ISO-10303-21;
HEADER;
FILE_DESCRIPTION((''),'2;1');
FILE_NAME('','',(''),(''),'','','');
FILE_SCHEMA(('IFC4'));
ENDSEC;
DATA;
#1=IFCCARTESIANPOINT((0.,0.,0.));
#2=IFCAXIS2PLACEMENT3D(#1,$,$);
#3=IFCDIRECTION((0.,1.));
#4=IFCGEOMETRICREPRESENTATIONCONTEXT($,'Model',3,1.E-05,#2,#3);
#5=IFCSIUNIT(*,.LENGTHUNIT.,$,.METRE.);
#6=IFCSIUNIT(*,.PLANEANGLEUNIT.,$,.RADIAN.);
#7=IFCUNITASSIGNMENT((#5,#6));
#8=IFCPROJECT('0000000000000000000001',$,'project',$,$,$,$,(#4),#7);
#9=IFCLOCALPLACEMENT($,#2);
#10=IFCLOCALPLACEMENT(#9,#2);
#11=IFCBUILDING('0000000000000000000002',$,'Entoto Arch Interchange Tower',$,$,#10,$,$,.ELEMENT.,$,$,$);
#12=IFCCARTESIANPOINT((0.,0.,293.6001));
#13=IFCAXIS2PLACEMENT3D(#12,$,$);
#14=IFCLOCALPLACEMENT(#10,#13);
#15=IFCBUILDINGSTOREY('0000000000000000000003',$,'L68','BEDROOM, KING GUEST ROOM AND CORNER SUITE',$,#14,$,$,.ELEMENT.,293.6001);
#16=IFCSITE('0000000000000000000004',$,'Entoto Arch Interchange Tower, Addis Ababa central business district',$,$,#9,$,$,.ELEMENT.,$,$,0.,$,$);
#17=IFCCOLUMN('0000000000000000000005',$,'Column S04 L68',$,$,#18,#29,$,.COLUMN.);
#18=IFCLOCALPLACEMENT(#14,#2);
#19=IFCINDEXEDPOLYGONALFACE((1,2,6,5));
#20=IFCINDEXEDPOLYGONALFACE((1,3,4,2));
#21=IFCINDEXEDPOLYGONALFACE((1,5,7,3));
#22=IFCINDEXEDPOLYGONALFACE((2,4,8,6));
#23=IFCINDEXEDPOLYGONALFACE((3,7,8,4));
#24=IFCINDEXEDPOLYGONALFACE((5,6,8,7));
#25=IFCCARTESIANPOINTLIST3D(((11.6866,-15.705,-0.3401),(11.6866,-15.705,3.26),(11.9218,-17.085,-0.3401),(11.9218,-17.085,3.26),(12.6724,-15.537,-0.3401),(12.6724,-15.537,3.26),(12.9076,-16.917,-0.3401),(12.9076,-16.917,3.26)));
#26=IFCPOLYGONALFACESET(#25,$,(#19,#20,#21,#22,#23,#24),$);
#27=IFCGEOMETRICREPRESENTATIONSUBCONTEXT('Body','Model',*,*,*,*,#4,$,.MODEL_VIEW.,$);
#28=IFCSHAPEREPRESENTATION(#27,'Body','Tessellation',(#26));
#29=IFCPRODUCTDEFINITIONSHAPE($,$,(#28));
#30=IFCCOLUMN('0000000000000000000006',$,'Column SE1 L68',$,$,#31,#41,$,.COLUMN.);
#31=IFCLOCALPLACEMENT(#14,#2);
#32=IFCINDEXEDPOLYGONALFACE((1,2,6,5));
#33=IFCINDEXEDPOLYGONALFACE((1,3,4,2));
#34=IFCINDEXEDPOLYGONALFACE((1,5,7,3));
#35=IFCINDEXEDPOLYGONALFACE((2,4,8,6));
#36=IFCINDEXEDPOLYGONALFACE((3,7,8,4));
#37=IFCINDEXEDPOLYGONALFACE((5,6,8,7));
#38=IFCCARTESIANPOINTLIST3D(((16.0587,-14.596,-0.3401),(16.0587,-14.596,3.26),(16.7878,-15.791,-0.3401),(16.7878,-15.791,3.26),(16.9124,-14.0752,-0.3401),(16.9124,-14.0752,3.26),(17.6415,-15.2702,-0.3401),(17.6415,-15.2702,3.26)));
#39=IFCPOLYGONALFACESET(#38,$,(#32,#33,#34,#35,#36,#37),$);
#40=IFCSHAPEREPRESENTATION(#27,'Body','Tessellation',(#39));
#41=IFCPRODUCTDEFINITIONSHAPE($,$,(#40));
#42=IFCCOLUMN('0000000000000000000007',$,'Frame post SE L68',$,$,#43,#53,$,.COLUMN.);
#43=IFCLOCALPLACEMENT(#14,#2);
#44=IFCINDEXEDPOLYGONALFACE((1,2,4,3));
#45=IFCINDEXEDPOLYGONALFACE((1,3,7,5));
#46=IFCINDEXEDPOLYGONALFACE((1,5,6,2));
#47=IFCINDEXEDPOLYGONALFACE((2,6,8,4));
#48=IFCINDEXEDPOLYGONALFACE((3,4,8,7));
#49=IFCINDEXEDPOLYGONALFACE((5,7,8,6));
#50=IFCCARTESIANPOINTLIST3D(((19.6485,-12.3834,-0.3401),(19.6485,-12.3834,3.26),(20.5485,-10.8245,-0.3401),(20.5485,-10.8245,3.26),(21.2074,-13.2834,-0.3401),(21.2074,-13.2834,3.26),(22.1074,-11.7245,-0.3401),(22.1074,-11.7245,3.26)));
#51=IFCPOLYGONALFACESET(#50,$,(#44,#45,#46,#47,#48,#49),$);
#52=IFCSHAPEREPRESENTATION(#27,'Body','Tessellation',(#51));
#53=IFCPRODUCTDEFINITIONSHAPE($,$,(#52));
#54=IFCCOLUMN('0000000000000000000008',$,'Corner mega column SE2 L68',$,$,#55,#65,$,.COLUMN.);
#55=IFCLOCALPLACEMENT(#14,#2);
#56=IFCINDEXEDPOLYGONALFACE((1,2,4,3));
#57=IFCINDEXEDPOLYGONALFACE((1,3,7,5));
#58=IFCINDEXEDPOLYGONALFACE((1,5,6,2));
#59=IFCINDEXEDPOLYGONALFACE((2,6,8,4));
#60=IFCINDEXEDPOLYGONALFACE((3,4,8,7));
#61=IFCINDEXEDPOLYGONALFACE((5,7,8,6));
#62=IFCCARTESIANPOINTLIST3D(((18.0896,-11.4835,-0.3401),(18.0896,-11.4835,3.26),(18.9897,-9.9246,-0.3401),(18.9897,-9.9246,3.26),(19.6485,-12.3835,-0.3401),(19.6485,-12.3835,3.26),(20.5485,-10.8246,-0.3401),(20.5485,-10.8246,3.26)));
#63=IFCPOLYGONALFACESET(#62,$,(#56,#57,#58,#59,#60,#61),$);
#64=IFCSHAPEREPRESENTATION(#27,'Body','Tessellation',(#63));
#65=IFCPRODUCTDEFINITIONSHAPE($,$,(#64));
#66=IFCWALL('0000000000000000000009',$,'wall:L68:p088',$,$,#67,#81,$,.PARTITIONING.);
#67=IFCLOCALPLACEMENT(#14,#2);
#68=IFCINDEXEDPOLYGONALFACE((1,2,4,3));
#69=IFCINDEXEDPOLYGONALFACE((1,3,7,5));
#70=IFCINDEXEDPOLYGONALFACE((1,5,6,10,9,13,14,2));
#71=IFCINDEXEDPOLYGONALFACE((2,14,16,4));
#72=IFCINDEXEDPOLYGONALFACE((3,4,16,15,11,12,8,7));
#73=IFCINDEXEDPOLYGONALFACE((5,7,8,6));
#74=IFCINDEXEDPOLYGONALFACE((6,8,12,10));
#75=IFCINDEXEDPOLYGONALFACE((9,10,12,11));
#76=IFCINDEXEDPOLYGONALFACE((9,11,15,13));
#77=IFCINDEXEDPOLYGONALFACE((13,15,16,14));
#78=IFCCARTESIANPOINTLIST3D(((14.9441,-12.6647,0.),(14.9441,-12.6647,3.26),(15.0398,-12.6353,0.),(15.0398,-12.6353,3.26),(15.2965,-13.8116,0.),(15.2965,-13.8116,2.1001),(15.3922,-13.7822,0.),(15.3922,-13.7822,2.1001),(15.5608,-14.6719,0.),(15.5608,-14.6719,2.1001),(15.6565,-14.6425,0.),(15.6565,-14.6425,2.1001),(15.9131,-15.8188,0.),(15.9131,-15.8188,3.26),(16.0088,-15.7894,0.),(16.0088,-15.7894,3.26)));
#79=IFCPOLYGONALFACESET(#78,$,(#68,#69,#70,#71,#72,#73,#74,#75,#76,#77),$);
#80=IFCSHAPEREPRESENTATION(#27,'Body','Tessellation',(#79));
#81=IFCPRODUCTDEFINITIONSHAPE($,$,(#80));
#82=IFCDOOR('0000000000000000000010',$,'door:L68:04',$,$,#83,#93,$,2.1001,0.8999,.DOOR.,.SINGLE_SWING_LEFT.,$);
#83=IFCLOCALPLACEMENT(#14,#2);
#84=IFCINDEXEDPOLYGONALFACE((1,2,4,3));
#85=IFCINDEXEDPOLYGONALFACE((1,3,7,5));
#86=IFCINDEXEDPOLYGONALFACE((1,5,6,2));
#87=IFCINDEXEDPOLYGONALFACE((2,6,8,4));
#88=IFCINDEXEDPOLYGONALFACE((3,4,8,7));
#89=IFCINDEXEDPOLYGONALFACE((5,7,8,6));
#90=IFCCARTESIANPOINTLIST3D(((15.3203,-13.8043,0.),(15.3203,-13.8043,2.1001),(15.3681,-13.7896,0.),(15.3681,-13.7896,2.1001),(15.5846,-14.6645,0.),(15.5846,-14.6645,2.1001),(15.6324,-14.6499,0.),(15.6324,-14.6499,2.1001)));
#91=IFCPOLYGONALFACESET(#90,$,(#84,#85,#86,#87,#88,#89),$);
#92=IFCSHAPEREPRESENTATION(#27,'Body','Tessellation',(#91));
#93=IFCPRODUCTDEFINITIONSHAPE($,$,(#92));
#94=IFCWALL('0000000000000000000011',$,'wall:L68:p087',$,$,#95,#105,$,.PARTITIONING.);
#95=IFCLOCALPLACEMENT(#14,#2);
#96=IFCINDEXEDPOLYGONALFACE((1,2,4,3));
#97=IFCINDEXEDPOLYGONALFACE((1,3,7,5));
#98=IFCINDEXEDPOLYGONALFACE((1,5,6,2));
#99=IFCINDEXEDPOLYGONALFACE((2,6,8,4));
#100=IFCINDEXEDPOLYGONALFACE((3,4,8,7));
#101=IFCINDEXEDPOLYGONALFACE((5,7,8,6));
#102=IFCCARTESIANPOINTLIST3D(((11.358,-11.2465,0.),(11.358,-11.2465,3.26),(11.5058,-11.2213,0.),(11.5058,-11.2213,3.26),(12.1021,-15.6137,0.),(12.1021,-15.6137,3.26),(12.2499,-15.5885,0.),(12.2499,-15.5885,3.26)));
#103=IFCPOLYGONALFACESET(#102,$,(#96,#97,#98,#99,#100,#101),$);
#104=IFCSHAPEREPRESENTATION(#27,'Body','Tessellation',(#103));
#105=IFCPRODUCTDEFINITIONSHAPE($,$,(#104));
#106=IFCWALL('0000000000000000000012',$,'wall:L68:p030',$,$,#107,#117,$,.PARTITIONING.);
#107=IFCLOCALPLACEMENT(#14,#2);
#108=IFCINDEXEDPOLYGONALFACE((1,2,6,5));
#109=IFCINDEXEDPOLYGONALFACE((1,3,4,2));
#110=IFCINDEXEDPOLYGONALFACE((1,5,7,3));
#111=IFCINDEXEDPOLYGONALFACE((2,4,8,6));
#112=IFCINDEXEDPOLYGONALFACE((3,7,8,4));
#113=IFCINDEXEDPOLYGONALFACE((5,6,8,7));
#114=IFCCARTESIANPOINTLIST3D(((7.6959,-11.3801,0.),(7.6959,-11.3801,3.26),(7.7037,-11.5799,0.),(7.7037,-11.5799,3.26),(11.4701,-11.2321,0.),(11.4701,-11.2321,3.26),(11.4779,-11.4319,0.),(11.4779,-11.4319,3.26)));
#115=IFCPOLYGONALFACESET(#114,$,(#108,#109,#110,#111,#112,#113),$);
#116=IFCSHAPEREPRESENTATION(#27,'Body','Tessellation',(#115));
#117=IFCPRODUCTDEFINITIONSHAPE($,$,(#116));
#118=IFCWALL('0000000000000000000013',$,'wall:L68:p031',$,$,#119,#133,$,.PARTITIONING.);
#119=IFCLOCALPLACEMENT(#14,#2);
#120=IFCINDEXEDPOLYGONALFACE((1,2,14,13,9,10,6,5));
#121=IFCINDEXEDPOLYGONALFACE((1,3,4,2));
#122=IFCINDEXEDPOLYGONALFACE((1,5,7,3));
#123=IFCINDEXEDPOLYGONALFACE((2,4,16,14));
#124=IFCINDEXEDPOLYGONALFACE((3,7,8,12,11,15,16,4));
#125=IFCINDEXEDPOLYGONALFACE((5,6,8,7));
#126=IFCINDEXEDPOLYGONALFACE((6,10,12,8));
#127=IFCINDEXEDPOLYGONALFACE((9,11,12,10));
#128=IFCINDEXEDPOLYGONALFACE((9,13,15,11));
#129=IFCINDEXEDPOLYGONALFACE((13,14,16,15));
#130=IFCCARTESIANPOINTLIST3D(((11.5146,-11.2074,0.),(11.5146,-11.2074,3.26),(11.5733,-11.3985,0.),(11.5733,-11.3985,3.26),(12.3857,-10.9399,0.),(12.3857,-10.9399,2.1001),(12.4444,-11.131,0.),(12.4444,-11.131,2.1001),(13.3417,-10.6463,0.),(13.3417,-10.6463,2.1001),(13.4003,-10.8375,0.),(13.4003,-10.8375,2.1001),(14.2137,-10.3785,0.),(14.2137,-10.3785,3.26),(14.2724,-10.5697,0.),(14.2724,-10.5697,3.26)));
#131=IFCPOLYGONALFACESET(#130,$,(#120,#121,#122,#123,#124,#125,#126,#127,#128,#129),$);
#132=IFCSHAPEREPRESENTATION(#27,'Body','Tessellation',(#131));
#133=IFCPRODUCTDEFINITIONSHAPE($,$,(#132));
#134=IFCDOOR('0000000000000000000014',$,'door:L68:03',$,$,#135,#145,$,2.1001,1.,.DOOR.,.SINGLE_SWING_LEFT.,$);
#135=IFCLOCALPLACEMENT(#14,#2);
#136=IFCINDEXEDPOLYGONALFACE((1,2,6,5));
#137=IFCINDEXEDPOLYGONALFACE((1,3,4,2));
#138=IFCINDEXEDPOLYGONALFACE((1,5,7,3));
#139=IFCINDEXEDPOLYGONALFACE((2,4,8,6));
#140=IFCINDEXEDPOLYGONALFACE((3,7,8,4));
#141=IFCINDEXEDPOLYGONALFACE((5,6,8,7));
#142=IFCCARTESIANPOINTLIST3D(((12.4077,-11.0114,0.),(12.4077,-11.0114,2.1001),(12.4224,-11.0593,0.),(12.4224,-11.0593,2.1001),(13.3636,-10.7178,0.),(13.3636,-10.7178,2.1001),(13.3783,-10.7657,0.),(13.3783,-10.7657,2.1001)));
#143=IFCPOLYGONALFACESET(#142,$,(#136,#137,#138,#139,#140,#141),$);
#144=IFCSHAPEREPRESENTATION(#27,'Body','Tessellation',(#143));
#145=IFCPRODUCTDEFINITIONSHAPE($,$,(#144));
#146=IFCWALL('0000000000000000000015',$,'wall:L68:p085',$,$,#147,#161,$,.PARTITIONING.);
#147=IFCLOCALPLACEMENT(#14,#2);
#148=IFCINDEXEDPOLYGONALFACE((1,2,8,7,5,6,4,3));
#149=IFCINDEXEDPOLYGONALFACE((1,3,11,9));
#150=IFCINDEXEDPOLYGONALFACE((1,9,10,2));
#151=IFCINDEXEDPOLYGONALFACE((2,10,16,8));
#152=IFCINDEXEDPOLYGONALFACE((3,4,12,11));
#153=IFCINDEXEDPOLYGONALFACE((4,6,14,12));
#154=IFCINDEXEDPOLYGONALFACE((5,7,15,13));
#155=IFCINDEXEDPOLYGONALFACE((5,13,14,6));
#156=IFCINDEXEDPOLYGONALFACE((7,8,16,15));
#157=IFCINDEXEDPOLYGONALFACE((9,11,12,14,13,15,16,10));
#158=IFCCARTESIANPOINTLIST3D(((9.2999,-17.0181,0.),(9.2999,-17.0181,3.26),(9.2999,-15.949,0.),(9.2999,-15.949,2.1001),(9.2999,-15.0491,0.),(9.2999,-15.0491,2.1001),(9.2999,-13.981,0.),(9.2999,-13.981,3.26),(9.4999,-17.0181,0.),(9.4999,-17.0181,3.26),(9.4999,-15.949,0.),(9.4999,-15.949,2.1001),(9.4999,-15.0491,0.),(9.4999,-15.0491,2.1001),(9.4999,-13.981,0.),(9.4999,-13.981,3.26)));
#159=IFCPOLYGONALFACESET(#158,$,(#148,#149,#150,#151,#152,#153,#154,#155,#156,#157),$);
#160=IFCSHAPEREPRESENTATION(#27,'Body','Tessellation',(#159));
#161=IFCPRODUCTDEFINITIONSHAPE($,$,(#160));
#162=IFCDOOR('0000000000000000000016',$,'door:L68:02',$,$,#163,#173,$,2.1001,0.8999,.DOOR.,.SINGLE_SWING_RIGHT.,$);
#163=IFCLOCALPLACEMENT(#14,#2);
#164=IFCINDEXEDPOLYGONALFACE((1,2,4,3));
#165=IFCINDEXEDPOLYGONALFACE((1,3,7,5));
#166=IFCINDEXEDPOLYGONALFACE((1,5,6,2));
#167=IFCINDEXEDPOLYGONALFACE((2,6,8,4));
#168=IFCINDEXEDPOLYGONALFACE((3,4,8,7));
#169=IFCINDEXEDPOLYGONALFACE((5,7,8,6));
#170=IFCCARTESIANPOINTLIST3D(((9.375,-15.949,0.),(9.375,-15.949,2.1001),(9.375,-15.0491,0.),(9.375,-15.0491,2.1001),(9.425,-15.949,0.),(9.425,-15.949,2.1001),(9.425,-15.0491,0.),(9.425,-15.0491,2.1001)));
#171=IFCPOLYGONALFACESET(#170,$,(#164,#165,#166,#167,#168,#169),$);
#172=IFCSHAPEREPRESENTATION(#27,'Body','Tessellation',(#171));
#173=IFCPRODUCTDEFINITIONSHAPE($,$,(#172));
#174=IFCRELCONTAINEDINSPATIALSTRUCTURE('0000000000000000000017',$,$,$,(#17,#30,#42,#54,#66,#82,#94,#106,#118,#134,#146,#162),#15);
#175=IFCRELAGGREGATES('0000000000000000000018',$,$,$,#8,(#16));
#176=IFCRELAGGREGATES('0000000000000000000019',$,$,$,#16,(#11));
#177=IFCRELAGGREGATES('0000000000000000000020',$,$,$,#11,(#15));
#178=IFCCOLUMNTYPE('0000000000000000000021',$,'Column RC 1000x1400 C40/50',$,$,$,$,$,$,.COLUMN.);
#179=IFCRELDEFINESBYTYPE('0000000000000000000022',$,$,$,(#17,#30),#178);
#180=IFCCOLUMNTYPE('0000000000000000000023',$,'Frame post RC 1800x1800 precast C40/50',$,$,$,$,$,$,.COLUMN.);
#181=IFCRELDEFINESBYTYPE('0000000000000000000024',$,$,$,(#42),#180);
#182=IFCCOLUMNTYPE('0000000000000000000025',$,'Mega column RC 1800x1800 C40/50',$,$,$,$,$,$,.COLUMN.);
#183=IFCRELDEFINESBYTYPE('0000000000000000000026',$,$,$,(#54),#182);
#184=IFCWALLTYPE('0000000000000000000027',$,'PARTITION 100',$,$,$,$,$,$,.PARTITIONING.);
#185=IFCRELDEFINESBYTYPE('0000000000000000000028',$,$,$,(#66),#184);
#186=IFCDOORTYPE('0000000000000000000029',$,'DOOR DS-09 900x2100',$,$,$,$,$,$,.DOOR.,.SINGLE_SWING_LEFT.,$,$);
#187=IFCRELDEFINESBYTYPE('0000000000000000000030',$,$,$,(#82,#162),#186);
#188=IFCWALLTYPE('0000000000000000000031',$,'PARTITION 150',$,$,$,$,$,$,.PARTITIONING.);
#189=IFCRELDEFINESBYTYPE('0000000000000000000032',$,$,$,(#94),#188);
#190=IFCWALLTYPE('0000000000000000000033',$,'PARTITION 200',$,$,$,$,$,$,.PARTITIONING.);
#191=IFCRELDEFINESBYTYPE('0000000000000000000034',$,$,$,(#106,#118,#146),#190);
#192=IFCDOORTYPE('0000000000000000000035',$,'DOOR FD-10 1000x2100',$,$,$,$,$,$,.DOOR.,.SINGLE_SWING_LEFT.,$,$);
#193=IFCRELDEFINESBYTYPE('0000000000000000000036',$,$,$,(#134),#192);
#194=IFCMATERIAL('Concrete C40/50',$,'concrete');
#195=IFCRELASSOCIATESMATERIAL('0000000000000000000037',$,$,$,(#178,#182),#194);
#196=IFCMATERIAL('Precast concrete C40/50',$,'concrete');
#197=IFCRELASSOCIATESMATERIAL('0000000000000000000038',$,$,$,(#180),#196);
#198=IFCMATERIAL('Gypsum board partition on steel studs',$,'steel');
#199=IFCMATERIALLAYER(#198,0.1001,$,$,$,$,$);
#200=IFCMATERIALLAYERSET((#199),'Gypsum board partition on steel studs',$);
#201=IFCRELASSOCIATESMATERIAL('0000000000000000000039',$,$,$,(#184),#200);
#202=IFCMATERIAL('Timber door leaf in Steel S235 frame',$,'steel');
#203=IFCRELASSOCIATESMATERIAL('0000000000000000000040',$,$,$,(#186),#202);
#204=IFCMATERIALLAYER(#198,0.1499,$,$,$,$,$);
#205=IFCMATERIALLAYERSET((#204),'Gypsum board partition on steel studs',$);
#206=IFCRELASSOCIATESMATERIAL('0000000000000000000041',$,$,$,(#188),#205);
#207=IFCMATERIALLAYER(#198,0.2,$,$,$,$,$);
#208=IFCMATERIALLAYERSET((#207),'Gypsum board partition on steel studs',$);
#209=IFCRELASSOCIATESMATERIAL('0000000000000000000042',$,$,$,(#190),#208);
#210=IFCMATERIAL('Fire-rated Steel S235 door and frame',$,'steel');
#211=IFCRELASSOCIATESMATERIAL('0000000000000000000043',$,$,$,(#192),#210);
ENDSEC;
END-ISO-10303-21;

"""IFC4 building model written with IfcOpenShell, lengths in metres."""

from ifc_helpers import new_model, si_unit, direction, frame, frame_2d, origin, origin_2d, place, context, subcontext, project, spatial, rectangle, extrude, material, layer, layer_set, material_profile, profile_set, type_object, element, fill, save


model = new_model("IFC4")

# Units and contexts
model_context = context("Model", 3, precision=1e-05, world=origin(), true_north=direction((0.0, 1.0)))
body_context = subcontext(model_context, "Body", "Model", "MODEL_VIEW")
ifc_project = project(units=[si_unit("LENGTHUNIT", "METRE"), si_unit("PLANEANGLEUNIT", "RADIAN")], contexts=[model_context])

# Site, building, storey
site_placement = place(None, origin())
site = spatial("IfcSite", under=ifc_project, at=site_placement, Name="Entoto Arch Interchange Tower, Addis Ababa central business district", CompositionType="ELEMENT", RefElevation=0.0)
building_placement = place(site_placement, origin())
building = spatial("IfcBuilding", under=site, at=building_placement, Name="Entoto Arch Interchange Tower", CompositionType="ELEMENT")
storey_placement = place(building_placement, frame((0.0, 0.0, 293.6001)))
storey = spatial("IfcBuildingStorey", under=building, at=storey_placement, Name="L68", Description="BEDROOM, KING GUEST ROOM AND CORNER SUITE", CompositionType="ELEMENT", Elevation=293.6001)

# Columns
ifc_material_1 = material(Name="Concrete C40/50", Category="concrete")
ifc_material_profile_1 = material_profile(ifc_material_1, rectangle(XDim=1.0, YDim=1.3999, at=origin_2d()))
ifc_profile_set_1 = profile_set([ifc_material_profile_1], Name="Concrete C40/50")
column_type_1 = type_object("IfcColumnType", Name="Column RC 1000x1400 C40/50", PredefinedType="COLUMN", material=ifc_profile_set_1)
for number, where, z_axis, x_axis, name in (
    (1, (12.2971, -16.311, -0.3401), (0.0, 0.0, 1.0), (0.985786, 0.168008, 0.0), "Column S04 L68"),
    (2, (16.8501, -14.9331, -0.3401), (0.0, 0.0, 1.0), (0.853651, 0.520846, 0.0), "Column SE1 L68"),
):
    element("IfcColumn", number, at=place(storey_placement, frame(where, z_axis=z_axis, x_axis=x_axis)), inside=storey, type_object=column_type_1, Name=name, PredefinedType="COLUMN", context=body_context, shape_type="SweptSolid", body=[
        extrude(rectangle(XDim=1.0, YDim=1.3999, at=origin_2d()), origin(), (0.0, 0.0, 1.0), 3.6001),
    ])
ifc_material_2 = material(Name="Precast concrete C40/50", Category="concrete")
ifc_material_profile_2 = material_profile(ifc_material_2, rectangle(XDim=1.8, YDim=1.8, at=origin_2d()))
ifc_profile_set_2 = profile_set([ifc_material_profile_2], Name="Precast concrete C40/50")
column_type_2 = type_object("IfcColumnType", Name="Frame post RC 1800x1800 precast C40/50", PredefinedType="COLUMN", material=ifc_profile_set_2)
column_1_placement = place(storey_placement, frame((20.8779, -12.054, -0.3401), z_axis=(0.0, 0.0, 1.0), x_axis=(-0.866025, 0.5, 0.0)))
element("IfcColumn", 3, at=column_1_placement, inside=storey, type_object=column_type_2, Name="Frame post SE L68", PredefinedType="COLUMN", context=body_context, shape_type="SweptSolid", body=[
    extrude(rectangle(XDim=1.8, YDim=1.8, at=origin_2d()), origin(), (0.0, 0.0, 1.0), 3.6001),
])
ifc_material_profile_3 = material_profile(ifc_material_1, rectangle(XDim=1.8, YDim=1.8, at=origin_2d()))
ifc_profile_set_3 = profile_set([ifc_material_profile_3], Name="Concrete C40/50")
column_type_3 = type_object("IfcColumnType", Name="Mega column RC 1800x1800 C40/50", PredefinedType="COLUMN", material=ifc_profile_set_3)
column_2_placement = place(storey_placement, frame((19.3191, -11.1541, -0.3401), z_axis=(0.0, 0.0, 1.0), x_axis=(-0.866025, 0.5, 0.0)))
element("IfcColumn", 4, at=column_2_placement, inside=storey, type_object=column_type_3, Name="Corner mega column SE2 L68", PredefinedType="COLUMN", context=body_context, shape_type="SweptSolid", body=[
    extrude(rectangle(XDim=1.8, YDim=1.8, at=origin_2d()), origin(), (0.0, 0.0, 1.0), 3.6001),
])

# Wall, opening, door
ifc_material_3 = material(Name="Gypsum board partition on steel studs", Category="steel")
ifc_layer_1 = layer(ifc_material_3, 0.1001)
ifc_layer_set_1 = layer_set([ifc_layer_1], Name="Gypsum board partition on steel studs")
wall_type_1 = type_object("IfcWallType", Name="PARTITION 100", PredefinedType="PARTITIONING", material=ifc_layer_set_1)
wall_1_placement = place(storey_placement, frame((14.9919, -12.6499, 0.0), z_axis=(0.0, 0.0, 1.0), x_axis=(0.293675, -0.955905, 0.0)))
wall_1 = element("IfcWall", 5, at=wall_1_placement, inside=storey, type_object=wall_type_1, Name="wall:L68:p088", PredefinedType="PARTITIONING", context=body_context, shape_type="SweptSolid", body=[
    extrude(rectangle(XDim=3.2996, YDim=0.1001, at=frame_2d((1.6499, 0.0))), origin(), (0.0, 0.0, 1.0), 3.26),
])
opening_1_placement = place(wall_1_placement, frame((1.2, 0.0, 0.0)))
opening_1 = element("IfcOpeningElement", 6, at=opening_1_placement, cuts=wall_1, PredefinedType="OPENING", context=body_context, shape_type="SweptSolid", body=[
    extrude(rectangle(XDim=0.8999, YDim=2.1001, at=frame_2d((0.45, 1.05))), frame((0.0, 0.0601, 0.0), z_axis=(0.0, -1.0, 0.0), x_axis=(1.0, 0.0, 0.0)), (0.0, 0.0, 1.0), 0.1201),
])
ifc_material_4 = material(Name="Timber door leaf in Steel S235 frame", Category="steel")
door_type_1 = type_object("IfcDoorType", Name="DOOR DS-09 900x2100", OperationType="SINGLE_SWING_LEFT", PredefinedType="DOOR", material=ifc_material_4)
door_1_placement = place(opening_1_placement, origin())
door_1 = element("IfcDoor", 7, at=door_1_placement, inside=storey, type_object=door_type_1, Name="door:L68:04", OperationType="SINGLE_SWING_LEFT", OverallHeight=2.1001, OverallWidth=0.8999, PredefinedType="DOOR", context=body_context, shape_type="SweptSolid", body=[
    extrude(rectangle(XDim=0.8999, YDim=2.1001, at=frame_2d((0.45, 1.05))), frame((0.0, 0.0249, 0.0), z_axis=(0.0, -1.0, 0.0), x_axis=(1.0, 0.0, 0.0)), (0.0, 0.0, 1.0), 0.05),
])
fill(opening_1, door_1)

# Walls
ifc_layer_2 = layer(ifc_material_3, 0.1499)
ifc_layer_set_2 = layer_set([ifc_layer_2], Name="Gypsum board partition on steel studs")
wall_type_2 = type_object("IfcWallType", Name="PARTITION 150", PredefinedType="PARTITIONING", material=ifc_layer_set_2)
wall_2_placement = place(storey_placement, frame((11.4319, -11.2339, 0.0), z_axis=(0.0, 0.0, 1.0), x_axis=(0.167973, -0.985792, 0.0)))
element("IfcWall", 8, at=wall_2_placement, inside=storey, type_object=wall_type_2, Name="wall:L68:p087", PredefinedType="PARTITIONING", context=body_context, shape_type="SweptSolid", body=[
    extrude(rectangle(XDim=4.4302, YDim=0.1499, at=frame_2d((2.2151, 0.0))), origin(), (0.0, 0.0, 1.0), 3.26),
])
ifc_layer_3 = layer(ifc_material_3, 0.2)
ifc_layer_set_3 = layer_set([ifc_layer_3], Name="Gypsum board partition on steel studs")
wall_type_3 = type_object("IfcWallType", Name="PARTITION 200", PredefinedType="PARTITIONING", material=ifc_layer_set_3)
wall_3_placement = place(storey_placement, frame((11.4741, -11.332, 0.0), z_axis=(0.0, 0.0, 1.0), x_axis=(-0.999233, -0.03917, 0.0)))
element("IfcWall", 9, at=wall_3_placement, inside=storey, type_object=wall_type_3, Name="wall:L68:p030", PredefinedType="PARTITIONING", context=body_context, shape_type="SweptSolid", body=[
    extrude(rectangle(XDim=3.7771, YDim=0.2, at=frame_2d((1.8887, 0.0))), origin(), (0.0, 0.0, 1.0), 3.26),
])

# Walls, openings, doors
wall_4_placement = place(storey_placement, frame((14.2429, -10.4741, 0.0), z_axis=(0.0, 0.0, 1.0), x_axis=(-0.955938, -0.293569, 0.0)))
wall_4 = element("IfcWall", 10, at=wall_4_placement, inside=storey, type_object=wall_type_3, Name="wall:L68:p031", PredefinedType="PARTITIONING", context=body_context, shape_type="SweptSolid", body=[
    extrude(rectangle(XDim=2.8235, YDim=0.2, at=frame_2d((1.4116, 0.0))), origin(), (0.0, 0.0, 1.0), 3.26),
])
opening_2_placement = place(wall_4_placement, frame((0.9121, 0.0, 0.0)))
opening_2 = element("IfcOpeningElement", 11, at=opening_2_placement, cuts=wall_4, PredefinedType="OPENING", context=body_context, shape_type="SweptSolid", body=[
    extrude(rectangle(XDim=1.0, YDim=2.1001, at=frame_2d((0.5, 1.05))), frame((0.0, 0.1099, 0.0), z_axis=(0.0, -1.0, 0.0), x_axis=(1.0, 0.0, 0.0)), (0.0, 0.0, 1.0), 0.22),
])
ifc_material_5 = material(Name="Fire-rated Steel S235 door and frame", Category="steel")
door_type_2 = type_object("IfcDoorType", Name="DOOR FD-10 1000x2100", OperationType="SINGLE_SWING_LEFT", PredefinedType="DOOR", material=ifc_material_5)
door_2_placement = place(opening_2_placement, origin())
door_2 = element("IfcDoor", 12, at=door_2_placement, inside=storey, type_object=door_type_2, Name="door:L68:03", OperationType="SINGLE_SWING_LEFT", OverallHeight=2.1001, OverallWidth=1.0, PredefinedType="DOOR", context=body_context, shape_type="SweptSolid", body=[
    extrude(rectangle(XDim=1.0, YDim=2.1001, at=frame_2d((0.5, 1.05))), frame((0.0, 0.0249, 0.0), z_axis=(0.0, -1.0, 0.0), x_axis=(1.0, 0.0, 0.0)), (0.0, 0.0, 1.0), 0.05),
])
fill(opening_2, door_2)
wall_5_placement = place(storey_placement, frame((9.3999, -17.0181, 0.0), z_axis=(0.0, 0.0, 1.0), x_axis=(0.0, 1.0, 0.0)))
wall_5 = element("IfcWall", 13, at=wall_5_placement, inside=storey, type_object=wall_type_3, Name="wall:L68:p085", PredefinedType="PARTITIONING", context=body_context, shape_type="SweptSolid", body=[
    extrude(rectangle(XDim=3.0371, YDim=0.2, at=frame_2d((1.5186, 0.0))), origin(), (0.0, 0.0, 1.0), 3.26),
])
opening_3_placement = place(wall_5_placement, frame((1.0691, 0.0, 0.0)))
opening_3 = element("IfcOpeningElement", 14, at=opening_3_placement, cuts=wall_5, PredefinedType="OPENING", context=body_context, shape_type="SweptSolid", body=[
    extrude(rectangle(XDim=0.8999, YDim=2.1001, at=frame_2d((0.45, 1.05))), frame((0.0, 0.1099, 0.0), z_axis=(0.0, -1.0, 0.0), x_axis=(1.0, 0.0, 0.0)), (0.0, 0.0, 1.0), 0.22),
])
door_3_placement = place(opening_3_placement, origin())
door_3 = element("IfcDoor", 15, at=door_3_placement, inside=storey, type_object=door_type_1, Name="door:L68:02", OperationType="SINGLE_SWING_RIGHT", OverallHeight=2.1001, OverallWidth=0.8999, PredefinedType="DOOR", context=body_context, shape_type="SweptSolid", body=[
    extrude(rectangle(XDim=0.8999, YDim=2.1001, at=frame_2d((0.45, 1.05))), frame((0.0, 0.0249, 0.0), z_axis=(0.0, -1.0, 0.0), x_axis=(1.0, 0.0, 0.0)), (0.0, 0.0, 1.0), 0.05),
])
fill(opening_3, door_3)

save(model, "model.ifc")
